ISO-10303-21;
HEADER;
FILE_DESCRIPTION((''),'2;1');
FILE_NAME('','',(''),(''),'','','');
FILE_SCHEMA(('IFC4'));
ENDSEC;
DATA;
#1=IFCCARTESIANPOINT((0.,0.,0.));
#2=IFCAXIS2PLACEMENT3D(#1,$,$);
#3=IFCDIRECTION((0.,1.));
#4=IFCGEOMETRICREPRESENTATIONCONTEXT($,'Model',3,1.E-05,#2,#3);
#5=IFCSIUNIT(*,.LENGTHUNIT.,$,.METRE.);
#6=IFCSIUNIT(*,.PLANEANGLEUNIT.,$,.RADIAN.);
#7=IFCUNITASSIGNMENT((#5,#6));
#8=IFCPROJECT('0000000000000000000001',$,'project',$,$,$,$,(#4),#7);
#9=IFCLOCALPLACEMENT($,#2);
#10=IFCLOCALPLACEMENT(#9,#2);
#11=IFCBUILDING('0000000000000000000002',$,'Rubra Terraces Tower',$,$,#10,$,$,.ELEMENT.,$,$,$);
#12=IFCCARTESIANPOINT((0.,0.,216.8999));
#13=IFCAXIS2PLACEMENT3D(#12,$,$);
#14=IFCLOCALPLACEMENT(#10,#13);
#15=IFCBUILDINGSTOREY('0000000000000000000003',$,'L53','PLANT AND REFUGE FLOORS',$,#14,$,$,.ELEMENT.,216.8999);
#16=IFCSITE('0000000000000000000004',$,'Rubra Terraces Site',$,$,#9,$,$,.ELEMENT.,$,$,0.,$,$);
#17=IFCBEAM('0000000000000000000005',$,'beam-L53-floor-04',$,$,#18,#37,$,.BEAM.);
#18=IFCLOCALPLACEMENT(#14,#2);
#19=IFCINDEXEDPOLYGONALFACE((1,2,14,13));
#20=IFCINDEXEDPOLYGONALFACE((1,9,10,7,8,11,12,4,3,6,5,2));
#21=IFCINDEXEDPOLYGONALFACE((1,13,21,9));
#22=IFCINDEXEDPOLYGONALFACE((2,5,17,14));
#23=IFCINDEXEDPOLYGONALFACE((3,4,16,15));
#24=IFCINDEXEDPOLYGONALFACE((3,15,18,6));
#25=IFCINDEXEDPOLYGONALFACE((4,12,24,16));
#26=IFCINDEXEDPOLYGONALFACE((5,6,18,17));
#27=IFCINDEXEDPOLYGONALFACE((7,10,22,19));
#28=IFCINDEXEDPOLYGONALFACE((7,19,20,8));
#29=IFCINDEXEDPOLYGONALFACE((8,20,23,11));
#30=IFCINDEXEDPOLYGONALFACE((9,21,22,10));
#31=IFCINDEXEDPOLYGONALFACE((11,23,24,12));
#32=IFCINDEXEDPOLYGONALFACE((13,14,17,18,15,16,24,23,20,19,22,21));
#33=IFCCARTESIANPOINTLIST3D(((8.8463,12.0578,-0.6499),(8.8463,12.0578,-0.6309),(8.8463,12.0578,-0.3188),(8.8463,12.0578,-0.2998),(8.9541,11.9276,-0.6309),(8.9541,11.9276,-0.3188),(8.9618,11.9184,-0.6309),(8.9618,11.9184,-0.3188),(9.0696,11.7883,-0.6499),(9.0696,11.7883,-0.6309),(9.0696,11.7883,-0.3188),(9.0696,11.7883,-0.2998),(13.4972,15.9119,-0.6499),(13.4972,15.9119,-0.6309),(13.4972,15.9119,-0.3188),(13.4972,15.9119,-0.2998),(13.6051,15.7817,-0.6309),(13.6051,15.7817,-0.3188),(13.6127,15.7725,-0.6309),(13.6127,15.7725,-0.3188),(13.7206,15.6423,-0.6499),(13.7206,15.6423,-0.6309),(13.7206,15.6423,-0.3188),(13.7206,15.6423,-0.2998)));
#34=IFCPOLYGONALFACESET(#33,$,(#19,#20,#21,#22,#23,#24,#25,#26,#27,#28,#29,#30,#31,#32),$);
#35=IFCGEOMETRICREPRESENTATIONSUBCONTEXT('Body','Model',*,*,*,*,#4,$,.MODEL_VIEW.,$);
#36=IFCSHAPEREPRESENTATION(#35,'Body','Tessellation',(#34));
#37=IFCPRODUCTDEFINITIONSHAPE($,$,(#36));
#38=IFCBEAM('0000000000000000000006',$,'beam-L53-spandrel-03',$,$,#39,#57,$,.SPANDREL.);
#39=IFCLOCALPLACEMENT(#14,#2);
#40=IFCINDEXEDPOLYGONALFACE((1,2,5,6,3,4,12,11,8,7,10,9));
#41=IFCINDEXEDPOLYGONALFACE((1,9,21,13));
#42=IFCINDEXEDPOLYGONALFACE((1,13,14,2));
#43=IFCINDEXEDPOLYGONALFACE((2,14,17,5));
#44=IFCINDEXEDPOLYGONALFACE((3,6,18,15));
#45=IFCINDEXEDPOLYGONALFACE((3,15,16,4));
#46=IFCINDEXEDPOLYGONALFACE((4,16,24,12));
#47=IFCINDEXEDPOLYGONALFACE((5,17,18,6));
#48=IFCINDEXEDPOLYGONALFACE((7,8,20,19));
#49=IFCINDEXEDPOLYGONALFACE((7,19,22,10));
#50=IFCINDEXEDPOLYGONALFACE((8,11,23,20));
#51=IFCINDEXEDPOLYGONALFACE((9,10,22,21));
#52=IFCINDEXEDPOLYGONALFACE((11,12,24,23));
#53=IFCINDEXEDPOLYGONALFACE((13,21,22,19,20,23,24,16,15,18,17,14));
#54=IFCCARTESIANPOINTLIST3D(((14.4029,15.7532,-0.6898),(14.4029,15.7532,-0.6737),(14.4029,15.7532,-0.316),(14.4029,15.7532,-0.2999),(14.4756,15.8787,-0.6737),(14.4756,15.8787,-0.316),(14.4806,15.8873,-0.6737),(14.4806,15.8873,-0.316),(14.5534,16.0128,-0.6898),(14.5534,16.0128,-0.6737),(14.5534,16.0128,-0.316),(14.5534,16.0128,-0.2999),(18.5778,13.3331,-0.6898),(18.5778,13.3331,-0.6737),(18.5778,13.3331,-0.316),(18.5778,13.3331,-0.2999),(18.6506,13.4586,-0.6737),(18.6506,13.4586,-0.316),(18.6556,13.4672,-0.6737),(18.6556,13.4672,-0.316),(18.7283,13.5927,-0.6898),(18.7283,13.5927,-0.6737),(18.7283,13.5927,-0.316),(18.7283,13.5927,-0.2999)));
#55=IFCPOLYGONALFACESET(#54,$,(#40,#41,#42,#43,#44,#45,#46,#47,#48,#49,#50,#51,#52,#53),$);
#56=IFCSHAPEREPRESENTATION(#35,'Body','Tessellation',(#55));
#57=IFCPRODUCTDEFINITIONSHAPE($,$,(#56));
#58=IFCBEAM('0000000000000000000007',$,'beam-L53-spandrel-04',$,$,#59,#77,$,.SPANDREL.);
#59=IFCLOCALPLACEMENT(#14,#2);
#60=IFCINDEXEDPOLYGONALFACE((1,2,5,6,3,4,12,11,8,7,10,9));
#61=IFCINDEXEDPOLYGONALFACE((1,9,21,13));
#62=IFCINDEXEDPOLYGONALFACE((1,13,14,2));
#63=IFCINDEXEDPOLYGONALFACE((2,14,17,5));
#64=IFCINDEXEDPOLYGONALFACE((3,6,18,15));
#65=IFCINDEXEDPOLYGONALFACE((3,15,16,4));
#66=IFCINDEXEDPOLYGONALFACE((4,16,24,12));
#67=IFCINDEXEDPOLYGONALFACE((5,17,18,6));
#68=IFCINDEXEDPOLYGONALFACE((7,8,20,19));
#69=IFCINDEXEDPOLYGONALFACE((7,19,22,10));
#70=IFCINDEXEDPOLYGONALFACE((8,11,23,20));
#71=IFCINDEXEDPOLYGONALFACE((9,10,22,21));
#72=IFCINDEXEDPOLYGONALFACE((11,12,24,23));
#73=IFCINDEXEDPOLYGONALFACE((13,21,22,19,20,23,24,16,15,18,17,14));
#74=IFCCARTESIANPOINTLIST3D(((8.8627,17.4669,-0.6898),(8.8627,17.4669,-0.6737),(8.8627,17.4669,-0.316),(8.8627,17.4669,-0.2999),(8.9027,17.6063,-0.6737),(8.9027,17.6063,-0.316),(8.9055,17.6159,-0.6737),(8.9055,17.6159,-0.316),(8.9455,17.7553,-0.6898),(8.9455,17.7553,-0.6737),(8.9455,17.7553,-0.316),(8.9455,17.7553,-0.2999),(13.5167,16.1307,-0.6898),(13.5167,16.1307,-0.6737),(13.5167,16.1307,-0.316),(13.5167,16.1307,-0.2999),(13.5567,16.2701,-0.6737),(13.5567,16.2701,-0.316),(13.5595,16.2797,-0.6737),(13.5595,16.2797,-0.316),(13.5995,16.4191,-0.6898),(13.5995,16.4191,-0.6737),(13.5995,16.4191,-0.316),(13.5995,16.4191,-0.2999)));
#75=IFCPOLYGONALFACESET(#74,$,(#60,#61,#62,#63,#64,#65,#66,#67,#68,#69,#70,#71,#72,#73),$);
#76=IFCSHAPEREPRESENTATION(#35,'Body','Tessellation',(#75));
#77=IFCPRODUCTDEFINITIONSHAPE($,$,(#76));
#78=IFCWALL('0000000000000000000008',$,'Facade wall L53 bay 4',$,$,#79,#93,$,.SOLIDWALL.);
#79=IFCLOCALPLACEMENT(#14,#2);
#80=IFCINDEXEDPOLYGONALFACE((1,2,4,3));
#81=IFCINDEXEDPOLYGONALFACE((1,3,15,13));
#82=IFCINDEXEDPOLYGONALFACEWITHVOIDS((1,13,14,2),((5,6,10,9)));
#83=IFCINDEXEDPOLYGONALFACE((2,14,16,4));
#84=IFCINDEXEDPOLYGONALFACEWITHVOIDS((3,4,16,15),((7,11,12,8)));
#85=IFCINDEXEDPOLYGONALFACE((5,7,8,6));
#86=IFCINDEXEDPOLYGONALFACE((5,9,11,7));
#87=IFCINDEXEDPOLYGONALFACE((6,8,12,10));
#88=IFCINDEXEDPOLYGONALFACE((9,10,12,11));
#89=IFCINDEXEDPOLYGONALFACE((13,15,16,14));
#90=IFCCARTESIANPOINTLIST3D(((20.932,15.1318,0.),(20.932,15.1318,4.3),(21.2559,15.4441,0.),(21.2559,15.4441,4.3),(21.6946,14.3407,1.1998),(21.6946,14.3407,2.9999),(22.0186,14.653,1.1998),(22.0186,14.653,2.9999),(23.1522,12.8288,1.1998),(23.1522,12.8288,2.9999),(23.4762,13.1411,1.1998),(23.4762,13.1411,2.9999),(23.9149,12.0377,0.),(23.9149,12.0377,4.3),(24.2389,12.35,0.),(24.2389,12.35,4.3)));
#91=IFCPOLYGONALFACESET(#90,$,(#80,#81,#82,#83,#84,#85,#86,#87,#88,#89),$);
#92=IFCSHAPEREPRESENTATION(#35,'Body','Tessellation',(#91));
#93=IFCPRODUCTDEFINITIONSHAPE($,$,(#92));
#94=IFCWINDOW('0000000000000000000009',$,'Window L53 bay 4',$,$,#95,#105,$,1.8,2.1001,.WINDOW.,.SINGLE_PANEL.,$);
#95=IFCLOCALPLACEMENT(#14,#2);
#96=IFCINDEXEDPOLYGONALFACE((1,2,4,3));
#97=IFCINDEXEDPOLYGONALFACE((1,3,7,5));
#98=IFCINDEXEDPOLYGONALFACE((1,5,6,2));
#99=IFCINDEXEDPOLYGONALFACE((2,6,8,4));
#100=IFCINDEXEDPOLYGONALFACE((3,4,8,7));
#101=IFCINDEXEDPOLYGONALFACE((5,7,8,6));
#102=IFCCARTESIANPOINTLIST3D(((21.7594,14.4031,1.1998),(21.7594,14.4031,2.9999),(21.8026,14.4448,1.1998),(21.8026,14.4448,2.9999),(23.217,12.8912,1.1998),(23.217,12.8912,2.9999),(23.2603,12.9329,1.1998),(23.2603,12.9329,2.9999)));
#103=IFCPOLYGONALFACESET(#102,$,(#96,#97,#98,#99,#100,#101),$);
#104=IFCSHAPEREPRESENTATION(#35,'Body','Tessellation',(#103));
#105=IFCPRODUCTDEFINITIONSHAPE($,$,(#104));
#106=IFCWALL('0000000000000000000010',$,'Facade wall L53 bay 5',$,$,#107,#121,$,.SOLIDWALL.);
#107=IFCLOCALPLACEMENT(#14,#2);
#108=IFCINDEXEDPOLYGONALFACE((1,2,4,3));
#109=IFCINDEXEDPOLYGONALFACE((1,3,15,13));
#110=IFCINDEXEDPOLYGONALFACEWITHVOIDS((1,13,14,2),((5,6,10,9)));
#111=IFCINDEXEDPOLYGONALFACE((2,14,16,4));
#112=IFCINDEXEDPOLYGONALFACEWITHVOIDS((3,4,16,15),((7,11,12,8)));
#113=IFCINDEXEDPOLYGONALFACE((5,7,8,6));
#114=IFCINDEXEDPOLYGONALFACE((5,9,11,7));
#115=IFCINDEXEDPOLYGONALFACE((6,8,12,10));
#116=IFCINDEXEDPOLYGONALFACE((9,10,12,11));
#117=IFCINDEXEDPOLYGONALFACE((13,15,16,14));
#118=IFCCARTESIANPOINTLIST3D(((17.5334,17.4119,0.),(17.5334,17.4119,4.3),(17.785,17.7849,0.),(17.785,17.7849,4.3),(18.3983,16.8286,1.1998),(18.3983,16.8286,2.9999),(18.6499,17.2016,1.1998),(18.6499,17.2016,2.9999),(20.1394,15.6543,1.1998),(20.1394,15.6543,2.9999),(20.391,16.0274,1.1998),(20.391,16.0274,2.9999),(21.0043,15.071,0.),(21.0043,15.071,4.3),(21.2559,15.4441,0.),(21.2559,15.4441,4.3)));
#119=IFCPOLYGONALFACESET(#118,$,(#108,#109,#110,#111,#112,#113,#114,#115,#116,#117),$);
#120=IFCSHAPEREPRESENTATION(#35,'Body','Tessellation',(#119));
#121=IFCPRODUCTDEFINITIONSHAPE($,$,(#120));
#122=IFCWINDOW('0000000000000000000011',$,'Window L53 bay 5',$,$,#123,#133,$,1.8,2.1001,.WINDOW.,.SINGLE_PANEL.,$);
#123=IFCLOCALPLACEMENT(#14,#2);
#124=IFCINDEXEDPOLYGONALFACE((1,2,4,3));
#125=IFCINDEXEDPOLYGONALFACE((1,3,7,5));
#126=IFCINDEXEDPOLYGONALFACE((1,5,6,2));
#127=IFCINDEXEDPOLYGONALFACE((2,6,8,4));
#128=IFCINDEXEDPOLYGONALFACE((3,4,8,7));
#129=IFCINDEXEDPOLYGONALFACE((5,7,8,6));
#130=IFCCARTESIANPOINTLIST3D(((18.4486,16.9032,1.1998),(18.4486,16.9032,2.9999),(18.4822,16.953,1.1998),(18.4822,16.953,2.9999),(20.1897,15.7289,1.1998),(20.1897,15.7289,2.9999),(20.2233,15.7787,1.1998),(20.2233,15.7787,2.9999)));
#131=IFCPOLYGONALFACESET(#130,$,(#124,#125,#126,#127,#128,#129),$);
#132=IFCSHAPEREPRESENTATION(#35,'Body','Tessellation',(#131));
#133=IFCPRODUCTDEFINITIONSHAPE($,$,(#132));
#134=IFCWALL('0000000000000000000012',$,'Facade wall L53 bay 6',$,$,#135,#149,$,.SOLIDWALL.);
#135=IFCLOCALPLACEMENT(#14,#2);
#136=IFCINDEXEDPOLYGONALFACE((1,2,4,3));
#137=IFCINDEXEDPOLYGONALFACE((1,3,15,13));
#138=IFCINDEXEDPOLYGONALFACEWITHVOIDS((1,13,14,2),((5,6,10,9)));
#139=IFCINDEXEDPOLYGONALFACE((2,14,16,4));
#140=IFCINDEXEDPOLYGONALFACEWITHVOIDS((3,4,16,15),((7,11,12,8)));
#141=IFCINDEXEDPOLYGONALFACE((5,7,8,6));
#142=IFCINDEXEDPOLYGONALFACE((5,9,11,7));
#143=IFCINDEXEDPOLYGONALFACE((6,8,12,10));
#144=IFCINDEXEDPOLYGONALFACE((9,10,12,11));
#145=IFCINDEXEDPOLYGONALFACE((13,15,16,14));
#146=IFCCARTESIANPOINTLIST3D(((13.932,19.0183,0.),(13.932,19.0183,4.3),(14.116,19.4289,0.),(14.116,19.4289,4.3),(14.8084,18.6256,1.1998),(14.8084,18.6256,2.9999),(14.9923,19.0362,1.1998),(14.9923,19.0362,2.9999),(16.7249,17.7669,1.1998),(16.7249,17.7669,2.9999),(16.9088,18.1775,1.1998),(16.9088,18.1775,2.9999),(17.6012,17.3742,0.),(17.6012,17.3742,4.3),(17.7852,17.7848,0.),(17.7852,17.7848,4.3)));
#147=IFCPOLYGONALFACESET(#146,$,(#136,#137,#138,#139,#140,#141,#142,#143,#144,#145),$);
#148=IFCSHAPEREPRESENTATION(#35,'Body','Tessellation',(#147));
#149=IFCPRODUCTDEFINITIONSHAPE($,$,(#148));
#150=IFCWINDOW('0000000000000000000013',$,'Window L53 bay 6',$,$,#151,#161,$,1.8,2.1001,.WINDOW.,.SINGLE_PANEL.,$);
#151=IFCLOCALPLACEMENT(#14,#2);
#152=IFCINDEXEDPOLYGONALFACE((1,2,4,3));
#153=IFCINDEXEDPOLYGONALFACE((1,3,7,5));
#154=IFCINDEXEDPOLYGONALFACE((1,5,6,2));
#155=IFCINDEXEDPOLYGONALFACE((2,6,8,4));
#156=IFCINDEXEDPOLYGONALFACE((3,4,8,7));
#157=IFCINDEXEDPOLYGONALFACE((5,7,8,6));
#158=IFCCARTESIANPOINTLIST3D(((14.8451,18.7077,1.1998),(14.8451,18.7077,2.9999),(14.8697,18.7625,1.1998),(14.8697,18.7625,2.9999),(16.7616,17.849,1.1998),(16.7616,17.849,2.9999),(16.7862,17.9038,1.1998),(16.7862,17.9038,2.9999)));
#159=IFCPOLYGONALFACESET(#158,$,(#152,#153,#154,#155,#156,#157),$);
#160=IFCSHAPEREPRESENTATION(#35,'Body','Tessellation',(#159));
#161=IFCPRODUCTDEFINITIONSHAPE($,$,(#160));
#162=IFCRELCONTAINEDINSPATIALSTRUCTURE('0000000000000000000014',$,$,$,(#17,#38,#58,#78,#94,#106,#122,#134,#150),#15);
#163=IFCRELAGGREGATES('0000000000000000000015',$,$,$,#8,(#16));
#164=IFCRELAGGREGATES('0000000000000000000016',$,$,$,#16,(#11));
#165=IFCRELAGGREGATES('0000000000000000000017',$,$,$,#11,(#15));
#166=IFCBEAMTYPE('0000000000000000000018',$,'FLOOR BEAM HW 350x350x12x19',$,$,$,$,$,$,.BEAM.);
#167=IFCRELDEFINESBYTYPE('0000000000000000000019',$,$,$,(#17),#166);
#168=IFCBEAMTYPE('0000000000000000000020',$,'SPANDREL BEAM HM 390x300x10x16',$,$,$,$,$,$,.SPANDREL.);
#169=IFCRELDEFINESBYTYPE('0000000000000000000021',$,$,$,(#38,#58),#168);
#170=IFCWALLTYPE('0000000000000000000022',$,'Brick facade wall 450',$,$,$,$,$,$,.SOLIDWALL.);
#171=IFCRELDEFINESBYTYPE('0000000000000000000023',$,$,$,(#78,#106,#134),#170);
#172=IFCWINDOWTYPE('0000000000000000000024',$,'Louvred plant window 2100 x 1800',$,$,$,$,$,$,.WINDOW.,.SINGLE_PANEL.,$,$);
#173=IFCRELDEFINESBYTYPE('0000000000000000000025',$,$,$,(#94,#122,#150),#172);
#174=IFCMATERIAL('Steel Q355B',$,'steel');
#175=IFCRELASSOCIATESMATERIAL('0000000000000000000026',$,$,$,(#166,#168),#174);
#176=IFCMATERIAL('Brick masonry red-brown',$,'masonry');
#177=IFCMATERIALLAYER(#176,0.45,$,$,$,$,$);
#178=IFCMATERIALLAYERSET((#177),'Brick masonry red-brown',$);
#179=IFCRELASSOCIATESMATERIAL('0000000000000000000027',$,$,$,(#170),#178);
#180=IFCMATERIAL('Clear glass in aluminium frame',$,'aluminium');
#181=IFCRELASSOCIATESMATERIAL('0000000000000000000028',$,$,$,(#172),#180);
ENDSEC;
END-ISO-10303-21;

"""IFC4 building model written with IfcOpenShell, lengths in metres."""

from ifc_helpers import new_model, si_unit, direction, frame, frame_2d, origin, origin_2d, place, context, subcontext, project, spatial, rectangle, i_section, extrude, material, layer, layer_set, material_profile, profile_set, type_object, element, fill, save


model = new_model("IFC4")

# Units and contexts
model_context = context("Model", 3, precision=1e-05, world=origin(), true_north=direction((0.0, 1.0)))
body_context = subcontext(model_context, "Body", "Model", "MODEL_VIEW")
ifc_project = project(units=[si_unit("LENGTHUNIT", "METRE"), si_unit("PLANEANGLEUNIT", "RADIAN")], contexts=[model_context])

# Site, building, storey
site_placement = place(None, origin())
site = spatial("IfcSite", under=ifc_project, at=site_placement, Name="Rubra Terraces Site", CompositionType="ELEMENT", RefElevation=0.0)
building_placement = place(site_placement, origin())
building = spatial("IfcBuilding", under=site, at=building_placement, Name="Rubra Terraces Tower", CompositionType="ELEMENT")
storey_placement = place(building_placement, frame((0.0, 0.0, 216.8999)))
storey = spatial("IfcBuildingStorey", under=building, at=storey_placement, Name="L53", Description="PLANT AND REFUGE FLOORS", CompositionType="ELEMENT", Elevation=216.8999)

# Shared definitions
ifc_material_1 = material(Name="Steel Q355B", Category="steel")

# Beams
ifc_material_profile_1 = material_profile(ifc_material_1, i_section(OverallWidth=0.3501, OverallDepth=0.3501, WebThickness=0.012, FlangeThickness=0.019, at=origin_2d()), Name="HW 350x350x12x19")
ifc_profile_set_1 = profile_set([ifc_material_profile_1], Name="Steel Q355B")
beam_type_1 = type_object("IfcBeamType", Name="FLOOR BEAM HW 350x350x12x19", PredefinedType="BEAM", material=ifc_profile_set_1)
beam_1_placement = place(storey_placement, frame((13.6089, 15.7771, -0.4749), z_axis=(-0.769988, -0.638059, 0.0), x_axis=(0.638059, -0.769988, 0.0)))
element("IfcBeam", 1, at=beam_1_placement, inside=storey, type_object=beam_type_1, Name="beam-L53-floor-04", PredefinedType="BEAM", context=body_context, shape_type="SweptSolid", body=[
    extrude(i_section(OverallWidth=0.3501, OverallDepth=0.3501, WebThickness=0.012, FlangeThickness=0.019, at=origin_2d()), origin(), (0.0, 0.0, 1.0), 6.0403),
])
ifc_material_profile_2 = material_profile(ifc_material_1, i_section(OverallWidth=0.3, OverallDepth=0.3899, WebThickness=0.01, FlangeThickness=0.0161, at=origin_2d()), Name="HM 390x300x10x16")
ifc_profile_set_2 = profile_set([ifc_material_profile_2], Name="Steel Q355B")
beam_type_2 = type_object("IfcBeamType", Name="SPANDREL BEAM HM 390x300x10x16", PredefinedType="SPANDREL", material=ifc_profile_set_2)
beam_2_placement = place(storey_placement, frame((18.6531, 13.4629, -0.4949), z_axis=(-0.865154, 0.501507, 0.0), x_axis=(-0.501507, -0.865154, 0.0)))
element("IfcBeam", 2, at=beam_2_placement, inside=storey, type_object=beam_type_2, Name="beam-L53-spandrel-03", PredefinedType="SPANDREL", context=body_context, shape_type="SweptSolid", body=[
    extrude(i_section(OverallWidth=0.3, OverallDepth=0.3899, WebThickness=0.01, FlangeThickness=0.0161, at=origin_2d()), origin(), (0.0, 0.0, 1.0), 4.8257),
])
beam_3_placement = place(storey_placement, frame((13.5581, 16.2749, -0.4949), z_axis=(-0.961171, 0.275953, 0.0), x_axis=(-0.275953, -0.961171, 0.0)))
element("IfcBeam", 3, at=beam_3_placement, inside=storey, type_object=beam_type_2, Name="beam-L53-spandrel-04", PredefinedType="SPANDREL", context=body_context, shape_type="SweptSolid", body=[
    extrude(i_section(OverallWidth=0.3, OverallDepth=0.3899, WebThickness=0.01, FlangeThickness=0.0161, at=origin_2d()), origin(), (0.0, 0.0, 1.0), 4.842),
])

# Walls, openings, windows
ifc_material_2 = material(Name="Brick masonry red-brown", Category="masonry")
ifc_layer_1 = layer(ifc_material_2, 0.45)
ifc_layer_set_1 = layer_set([ifc_layer_1], Name="Brick masonry red-brown")
wall_type_1 = type_object("IfcWallType", Name="Brick facade wall 450", PredefinedType="SOLIDWALL", material=ifc_layer_set_1)
wall_1_placement = place(storey_placement, frame((24.0769, 12.1938, 0.0), z_axis=(0.0, 0.0, 1.0), x_axis=(-0.694065, 0.719912, 0.0)))
wall_1 = element("IfcWall", 4, at=wall_1_placement, inside=storey, type_object=wall_type_1, Name="Facade wall L53 bay 4", PredefinedType="SOLIDWALL", context=body_context, shape_type="SweptSolid", body=[
    extrude(rectangle(XDim=4.2979, YDim=0.45, at=frame_2d((2.1489, 0.0))), origin(), (0.0, 0.0, 1.0), 4.3),
])
opening_1_placement = place(wall_1_placement, frame((1.0989, 0.0, 1.2)))
opening_1 = element("IfcOpeningElement", 5, at=opening_1_placement, cuts=wall_1, PredefinedType="OPENING", context=body_context, shape_type="SweptSolid", body=[
    extrude(rectangle(XDim=2.1001, YDim=1.8, at=frame_2d((1.05, 0.8999))), frame((0.0, 0.2349, 0.0), z_axis=(0.0, -1.0, 0.0), x_axis=(1.0, 0.0, 0.0)), (0.0, 0.0, 1.0), 0.47),
])
ifc_material_3 = material(Name="Clear glass in aluminium frame", Category="aluminium")
window_type = type_object("IfcWindowType", Name="Louvred plant window 2100 x 1800", PartitioningType="SINGLE_PANEL", PredefinedType="WINDOW", material=ifc_material_3)
window_1_placement = place(opening_1_placement, origin())
window_1 = element("IfcWindow", 6, at=window_1_placement, inside=storey, type_object=window_type, Name="Window L53 bay 4", OverallHeight=1.8, OverallWidth=2.1001, PartitioningType="SINGLE_PANEL", PredefinedType="WINDOW", context=body_context, shape_type="SweptSolid", body=[
    extrude(rectangle(XDim=2.1001, YDim=1.8, at=frame_2d((1.05, 0.8999))), frame((0.0, 0.135, 0.0), z_axis=(0.0, -1.0, 0.0), x_axis=(1.0, 0.0, 0.0)), (0.0, 0.0, 1.0), 0.0601),
])
fill(opening_1, window_1)
wall_2_placement = place(storey_placement, frame((21.1301, 15.2576, 0.0), z_axis=(0.0, 0.0, 1.0), x_axis=(-0.829078, 0.559133, 0.0)))
wall_2 = element("IfcWall", 7, at=wall_2_placement, inside=storey, type_object=wall_type_1, Name="Facade wall L53 bay 5", PredefinedType="SOLIDWALL", context=body_context, shape_type="SweptSolid", body=[
    extrude(rectangle(XDim=4.1865, YDim=0.45, at=frame_2d((2.0933, 0.0))), origin(), (0.0, 0.0, 1.0), 4.3),
])
opening_2_placement = place(wall_2_placement, frame((1.0432, 0.0, 1.2)))
opening_2 = element("IfcOpeningElement", 8, at=opening_2_placement, cuts=wall_2, PredefinedType="OPENING", context=body_context, shape_type="SweptSolid", body=[
    extrude(rectangle(XDim=2.1001, YDim=1.8, at=frame_2d((1.05, 0.8999))), frame((0.0, 0.2349, 0.0), z_axis=(0.0, -1.0, 0.0), x_axis=(1.0, 0.0, 0.0)), (0.0, 0.0, 1.0), 0.47),
])
window_2_placement = place(opening_2_placement, origin())
window_2 = element("IfcWindow", 9, at=window_2_placement, inside=storey, type_object=window_type, Name="Window L53 bay 5", OverallHeight=1.8, OverallWidth=2.1001, PartitioningType="SINGLE_PANEL", PredefinedType="WINDOW", context=body_context, shape_type="SweptSolid", body=[
    extrude(rectangle(XDim=2.1001, YDim=1.8, at=frame_2d((1.05, 0.8999))), frame((0.0, 0.135, 0.0), z_axis=(0.0, -1.0, 0.0), x_axis=(1.0, 0.0, 0.0)), (0.0, 0.0, 1.0), 0.0601),
])
fill(opening_2, window_2)
wall_3_placement = place(storey_placement, frame((17.6931, 17.5796, 0.0), z_axis=(0.0, 0.0, 1.0), x_axis=(-0.91258, 0.408897, 0.0)))
wall_3 = element("IfcWall", 10, at=wall_3_placement, inside=storey, type_object=wall_type_1, Name="Facade wall L53 bay 6", PredefinedType="SOLIDWALL", context=body_context, shape_type="SweptSolid", body=[
    extrude(rectangle(XDim=4.0208, YDim=0.45, at=frame_2d((2.0103, 0.0))), origin(), (0.0, 0.0, 1.0), 4.3),
])
opening_3_placement = place(wall_3_placement, frame((0.9602, 0.0, 1.2)))
opening_3 = element("IfcOpeningElement", 11, at=opening_3_placement, cuts=wall_3, PredefinedType="OPENING", context=body_context, shape_type="SweptSolid", body=[
    extrude(rectangle(XDim=2.1001, YDim=1.8, at=frame_2d((1.05, 0.8999))), frame((0.0, 0.2349, 0.0), z_axis=(0.0, -1.0, 0.0), x_axis=(1.0, 0.0, 0.0)), (0.0, 0.0, 1.0), 0.47),
])
window_3_placement = place(opening_3_placement, origin())
window_3 = element("IfcWindow", 12, at=window_3_placement, inside=storey, type_object=window_type, Name="Window L53 bay 6", OverallHeight=1.8, OverallWidth=2.1001, PartitioningType="SINGLE_PANEL", PredefinedType="WINDOW", context=body_context, shape_type="SweptSolid", body=[
    extrude(rectangle(XDim=2.1001, YDim=1.8, at=frame_2d((1.05, 0.8999))), frame((0.0, 0.135, 0.0), z_axis=(0.0, -1.0, 0.0), x_axis=(1.0, 0.0, 0.0)), (0.0, 0.0, 1.0), 0.0601),
])
fill(opening_3, window_3)

save(model, "model.ifc")
